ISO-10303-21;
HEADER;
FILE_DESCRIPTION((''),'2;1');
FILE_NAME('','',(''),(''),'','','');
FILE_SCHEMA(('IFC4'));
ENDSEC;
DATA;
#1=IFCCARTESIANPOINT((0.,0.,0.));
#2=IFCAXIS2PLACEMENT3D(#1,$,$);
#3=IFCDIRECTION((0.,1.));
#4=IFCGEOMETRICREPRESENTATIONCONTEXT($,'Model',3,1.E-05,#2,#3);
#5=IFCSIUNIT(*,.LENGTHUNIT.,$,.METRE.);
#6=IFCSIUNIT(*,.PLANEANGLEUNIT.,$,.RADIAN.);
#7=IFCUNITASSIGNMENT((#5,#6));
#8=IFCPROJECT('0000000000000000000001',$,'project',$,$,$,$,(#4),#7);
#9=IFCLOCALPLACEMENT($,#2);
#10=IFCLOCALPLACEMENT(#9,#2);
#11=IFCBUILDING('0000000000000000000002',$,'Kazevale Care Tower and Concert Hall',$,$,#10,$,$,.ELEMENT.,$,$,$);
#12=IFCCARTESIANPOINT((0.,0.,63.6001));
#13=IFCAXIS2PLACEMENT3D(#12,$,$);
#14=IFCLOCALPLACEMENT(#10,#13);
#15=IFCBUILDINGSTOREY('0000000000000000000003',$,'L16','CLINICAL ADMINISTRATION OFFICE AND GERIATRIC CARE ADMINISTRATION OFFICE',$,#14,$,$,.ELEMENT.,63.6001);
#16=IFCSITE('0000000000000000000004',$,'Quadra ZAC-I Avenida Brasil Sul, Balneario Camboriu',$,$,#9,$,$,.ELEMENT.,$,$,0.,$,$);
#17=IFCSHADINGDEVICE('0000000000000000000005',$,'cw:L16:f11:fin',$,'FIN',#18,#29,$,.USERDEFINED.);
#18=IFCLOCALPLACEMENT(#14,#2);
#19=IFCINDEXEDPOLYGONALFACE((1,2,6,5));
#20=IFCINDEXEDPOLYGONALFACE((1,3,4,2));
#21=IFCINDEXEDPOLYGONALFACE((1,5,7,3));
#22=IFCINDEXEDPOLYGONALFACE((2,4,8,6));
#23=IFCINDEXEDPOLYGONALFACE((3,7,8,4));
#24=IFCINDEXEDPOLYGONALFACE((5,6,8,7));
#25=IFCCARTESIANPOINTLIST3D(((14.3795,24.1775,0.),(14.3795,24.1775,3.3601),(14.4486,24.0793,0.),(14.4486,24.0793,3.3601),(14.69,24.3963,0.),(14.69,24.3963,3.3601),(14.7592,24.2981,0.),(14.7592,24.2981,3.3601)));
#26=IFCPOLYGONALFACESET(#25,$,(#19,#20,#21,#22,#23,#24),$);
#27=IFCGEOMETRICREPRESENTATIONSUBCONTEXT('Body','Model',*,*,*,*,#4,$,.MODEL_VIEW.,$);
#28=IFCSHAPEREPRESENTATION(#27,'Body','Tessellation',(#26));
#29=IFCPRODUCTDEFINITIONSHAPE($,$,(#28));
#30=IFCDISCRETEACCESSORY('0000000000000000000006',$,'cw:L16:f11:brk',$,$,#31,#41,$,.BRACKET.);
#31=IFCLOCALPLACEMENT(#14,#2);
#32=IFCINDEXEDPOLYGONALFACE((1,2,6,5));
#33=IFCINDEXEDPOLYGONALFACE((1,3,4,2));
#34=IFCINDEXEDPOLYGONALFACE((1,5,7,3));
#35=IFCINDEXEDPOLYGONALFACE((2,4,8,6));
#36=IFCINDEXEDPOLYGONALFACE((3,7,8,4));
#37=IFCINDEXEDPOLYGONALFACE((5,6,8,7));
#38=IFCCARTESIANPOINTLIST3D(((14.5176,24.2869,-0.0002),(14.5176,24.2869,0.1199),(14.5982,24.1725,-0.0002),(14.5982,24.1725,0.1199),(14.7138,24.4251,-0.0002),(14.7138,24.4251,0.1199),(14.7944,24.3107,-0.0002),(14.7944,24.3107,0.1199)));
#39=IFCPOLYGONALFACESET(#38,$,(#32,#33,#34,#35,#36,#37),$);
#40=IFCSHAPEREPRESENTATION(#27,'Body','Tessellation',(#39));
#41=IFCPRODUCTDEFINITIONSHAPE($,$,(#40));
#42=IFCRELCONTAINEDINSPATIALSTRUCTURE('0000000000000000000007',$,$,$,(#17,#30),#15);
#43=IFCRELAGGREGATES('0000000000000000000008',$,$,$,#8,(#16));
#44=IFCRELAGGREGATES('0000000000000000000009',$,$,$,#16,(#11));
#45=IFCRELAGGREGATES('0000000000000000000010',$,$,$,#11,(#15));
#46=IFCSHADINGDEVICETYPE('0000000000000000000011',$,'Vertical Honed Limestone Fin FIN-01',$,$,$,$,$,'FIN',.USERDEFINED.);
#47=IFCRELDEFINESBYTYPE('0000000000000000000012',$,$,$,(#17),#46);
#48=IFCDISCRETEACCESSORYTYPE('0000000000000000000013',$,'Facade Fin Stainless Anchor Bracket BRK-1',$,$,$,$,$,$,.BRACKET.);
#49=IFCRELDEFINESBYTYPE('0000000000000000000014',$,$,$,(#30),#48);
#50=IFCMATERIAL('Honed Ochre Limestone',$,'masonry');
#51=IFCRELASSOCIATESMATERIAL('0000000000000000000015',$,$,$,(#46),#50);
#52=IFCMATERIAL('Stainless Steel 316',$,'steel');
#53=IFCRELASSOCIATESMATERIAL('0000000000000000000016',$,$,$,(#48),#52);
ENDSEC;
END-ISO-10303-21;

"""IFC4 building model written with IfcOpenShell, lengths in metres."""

from ifc_helpers import new_model, si_unit, direction, frame, origin, origin_2d, place, context, subcontext, project, spatial, rectangle, extrude, material, type_object, element, save


model = new_model("IFC4")

# Units and contexts
model_context = context("Model", 3, precision=1e-05, world=origin(), true_north=direction((0.0, 1.0)))
body_context = subcontext(model_context, "Body", "Model", "MODEL_VIEW")
ifc_project = project(units=[si_unit("LENGTHUNIT", "METRE"), si_unit("PLANEANGLEUNIT", "RADIAN")], contexts=[model_context])

# Site, building, storey
site_placement = place(None, origin())
site = spatial("IfcSite", under=ifc_project, at=site_placement, Name="Quadra ZAC-I Avenida Brasil Sul, Balneario Camboriu", CompositionType="ELEMENT", RefElevation=0.0)
building_placement = place(site_placement, origin())
building = spatial("IfcBuilding", under=site, at=building_placement, Name="Kazevale Care Tower and Concert Hall", CompositionType="ELEMENT")
storey_placement = place(building_placement, frame((0.0, 0.0, 63.6001)))
storey = spatial("IfcBuildingStorey", under=building, at=storey_placement, Name="L16", Description="CLINICAL ADMINISTRATION OFFICE AND GERIATRIC CARE ADMINISTRATION OFFICE", CompositionType="ELEMENT", Elevation=63.6001)

# Shading device
ifc_material_1 = material(Name="Honed Ochre Limestone", Category="masonry")
shading_device_type = type_object("IfcShadingDeviceType", Name="Vertical Honed Limestone Fin FIN-01", ElementType="FIN", PredefinedType="USERDEFINED", material=ifc_material_1)
shading_device_placement = place(storey_placement, frame((14.5693, 24.2378, 0.0), z_axis=(0.0, 0.0, 1.0), x_axis=(-0.817547, -0.575862, 0.0)))
element("IfcShadingDevice", 1, at=shading_device_placement, inside=storey, type_object=shading_device_type, Name="cw:L16:f11:fin", ObjectType="FIN", PredefinedType="USERDEFINED", context=body_context, shape_type="SweptSolid", body=[
    extrude(rectangle(XDim=0.3799, YDim=0.1201, at=origin_2d()), origin(), (0.0, 0.0, 1.0), 3.3601),
])

# Discrete accessory
ifc_material_2 = material(Name="Stainless Steel 316", Category="steel")
discrete_accessory_type = type_object("IfcDiscreteAccessoryType", Name="Facade Fin Stainless Anchor Bracket BRK-1", PredefinedType="BRACKET", material=ifc_material_2)
discrete_accessory_placement = place(storey_placement, frame((14.656, 24.2988, -0.0002), z_axis=(0.0, 0.0, 1.0), x_axis=(-0.817547, -0.575862, 0.0)))
element("IfcDiscreteAccessory", 2, at=discrete_accessory_placement, inside=storey, type_object=discrete_accessory_type, Name="cw:L16:f11:brk", PredefinedType="BRACKET", context=body_context, shape_type="SweptSolid", body=[
    extrude(rectangle(XDim=0.24, YDim=0.1399, at=origin_2d()), origin(), (0.0, 0.0, 1.0), 0.1201),
])

save(model, "model.ifc")
